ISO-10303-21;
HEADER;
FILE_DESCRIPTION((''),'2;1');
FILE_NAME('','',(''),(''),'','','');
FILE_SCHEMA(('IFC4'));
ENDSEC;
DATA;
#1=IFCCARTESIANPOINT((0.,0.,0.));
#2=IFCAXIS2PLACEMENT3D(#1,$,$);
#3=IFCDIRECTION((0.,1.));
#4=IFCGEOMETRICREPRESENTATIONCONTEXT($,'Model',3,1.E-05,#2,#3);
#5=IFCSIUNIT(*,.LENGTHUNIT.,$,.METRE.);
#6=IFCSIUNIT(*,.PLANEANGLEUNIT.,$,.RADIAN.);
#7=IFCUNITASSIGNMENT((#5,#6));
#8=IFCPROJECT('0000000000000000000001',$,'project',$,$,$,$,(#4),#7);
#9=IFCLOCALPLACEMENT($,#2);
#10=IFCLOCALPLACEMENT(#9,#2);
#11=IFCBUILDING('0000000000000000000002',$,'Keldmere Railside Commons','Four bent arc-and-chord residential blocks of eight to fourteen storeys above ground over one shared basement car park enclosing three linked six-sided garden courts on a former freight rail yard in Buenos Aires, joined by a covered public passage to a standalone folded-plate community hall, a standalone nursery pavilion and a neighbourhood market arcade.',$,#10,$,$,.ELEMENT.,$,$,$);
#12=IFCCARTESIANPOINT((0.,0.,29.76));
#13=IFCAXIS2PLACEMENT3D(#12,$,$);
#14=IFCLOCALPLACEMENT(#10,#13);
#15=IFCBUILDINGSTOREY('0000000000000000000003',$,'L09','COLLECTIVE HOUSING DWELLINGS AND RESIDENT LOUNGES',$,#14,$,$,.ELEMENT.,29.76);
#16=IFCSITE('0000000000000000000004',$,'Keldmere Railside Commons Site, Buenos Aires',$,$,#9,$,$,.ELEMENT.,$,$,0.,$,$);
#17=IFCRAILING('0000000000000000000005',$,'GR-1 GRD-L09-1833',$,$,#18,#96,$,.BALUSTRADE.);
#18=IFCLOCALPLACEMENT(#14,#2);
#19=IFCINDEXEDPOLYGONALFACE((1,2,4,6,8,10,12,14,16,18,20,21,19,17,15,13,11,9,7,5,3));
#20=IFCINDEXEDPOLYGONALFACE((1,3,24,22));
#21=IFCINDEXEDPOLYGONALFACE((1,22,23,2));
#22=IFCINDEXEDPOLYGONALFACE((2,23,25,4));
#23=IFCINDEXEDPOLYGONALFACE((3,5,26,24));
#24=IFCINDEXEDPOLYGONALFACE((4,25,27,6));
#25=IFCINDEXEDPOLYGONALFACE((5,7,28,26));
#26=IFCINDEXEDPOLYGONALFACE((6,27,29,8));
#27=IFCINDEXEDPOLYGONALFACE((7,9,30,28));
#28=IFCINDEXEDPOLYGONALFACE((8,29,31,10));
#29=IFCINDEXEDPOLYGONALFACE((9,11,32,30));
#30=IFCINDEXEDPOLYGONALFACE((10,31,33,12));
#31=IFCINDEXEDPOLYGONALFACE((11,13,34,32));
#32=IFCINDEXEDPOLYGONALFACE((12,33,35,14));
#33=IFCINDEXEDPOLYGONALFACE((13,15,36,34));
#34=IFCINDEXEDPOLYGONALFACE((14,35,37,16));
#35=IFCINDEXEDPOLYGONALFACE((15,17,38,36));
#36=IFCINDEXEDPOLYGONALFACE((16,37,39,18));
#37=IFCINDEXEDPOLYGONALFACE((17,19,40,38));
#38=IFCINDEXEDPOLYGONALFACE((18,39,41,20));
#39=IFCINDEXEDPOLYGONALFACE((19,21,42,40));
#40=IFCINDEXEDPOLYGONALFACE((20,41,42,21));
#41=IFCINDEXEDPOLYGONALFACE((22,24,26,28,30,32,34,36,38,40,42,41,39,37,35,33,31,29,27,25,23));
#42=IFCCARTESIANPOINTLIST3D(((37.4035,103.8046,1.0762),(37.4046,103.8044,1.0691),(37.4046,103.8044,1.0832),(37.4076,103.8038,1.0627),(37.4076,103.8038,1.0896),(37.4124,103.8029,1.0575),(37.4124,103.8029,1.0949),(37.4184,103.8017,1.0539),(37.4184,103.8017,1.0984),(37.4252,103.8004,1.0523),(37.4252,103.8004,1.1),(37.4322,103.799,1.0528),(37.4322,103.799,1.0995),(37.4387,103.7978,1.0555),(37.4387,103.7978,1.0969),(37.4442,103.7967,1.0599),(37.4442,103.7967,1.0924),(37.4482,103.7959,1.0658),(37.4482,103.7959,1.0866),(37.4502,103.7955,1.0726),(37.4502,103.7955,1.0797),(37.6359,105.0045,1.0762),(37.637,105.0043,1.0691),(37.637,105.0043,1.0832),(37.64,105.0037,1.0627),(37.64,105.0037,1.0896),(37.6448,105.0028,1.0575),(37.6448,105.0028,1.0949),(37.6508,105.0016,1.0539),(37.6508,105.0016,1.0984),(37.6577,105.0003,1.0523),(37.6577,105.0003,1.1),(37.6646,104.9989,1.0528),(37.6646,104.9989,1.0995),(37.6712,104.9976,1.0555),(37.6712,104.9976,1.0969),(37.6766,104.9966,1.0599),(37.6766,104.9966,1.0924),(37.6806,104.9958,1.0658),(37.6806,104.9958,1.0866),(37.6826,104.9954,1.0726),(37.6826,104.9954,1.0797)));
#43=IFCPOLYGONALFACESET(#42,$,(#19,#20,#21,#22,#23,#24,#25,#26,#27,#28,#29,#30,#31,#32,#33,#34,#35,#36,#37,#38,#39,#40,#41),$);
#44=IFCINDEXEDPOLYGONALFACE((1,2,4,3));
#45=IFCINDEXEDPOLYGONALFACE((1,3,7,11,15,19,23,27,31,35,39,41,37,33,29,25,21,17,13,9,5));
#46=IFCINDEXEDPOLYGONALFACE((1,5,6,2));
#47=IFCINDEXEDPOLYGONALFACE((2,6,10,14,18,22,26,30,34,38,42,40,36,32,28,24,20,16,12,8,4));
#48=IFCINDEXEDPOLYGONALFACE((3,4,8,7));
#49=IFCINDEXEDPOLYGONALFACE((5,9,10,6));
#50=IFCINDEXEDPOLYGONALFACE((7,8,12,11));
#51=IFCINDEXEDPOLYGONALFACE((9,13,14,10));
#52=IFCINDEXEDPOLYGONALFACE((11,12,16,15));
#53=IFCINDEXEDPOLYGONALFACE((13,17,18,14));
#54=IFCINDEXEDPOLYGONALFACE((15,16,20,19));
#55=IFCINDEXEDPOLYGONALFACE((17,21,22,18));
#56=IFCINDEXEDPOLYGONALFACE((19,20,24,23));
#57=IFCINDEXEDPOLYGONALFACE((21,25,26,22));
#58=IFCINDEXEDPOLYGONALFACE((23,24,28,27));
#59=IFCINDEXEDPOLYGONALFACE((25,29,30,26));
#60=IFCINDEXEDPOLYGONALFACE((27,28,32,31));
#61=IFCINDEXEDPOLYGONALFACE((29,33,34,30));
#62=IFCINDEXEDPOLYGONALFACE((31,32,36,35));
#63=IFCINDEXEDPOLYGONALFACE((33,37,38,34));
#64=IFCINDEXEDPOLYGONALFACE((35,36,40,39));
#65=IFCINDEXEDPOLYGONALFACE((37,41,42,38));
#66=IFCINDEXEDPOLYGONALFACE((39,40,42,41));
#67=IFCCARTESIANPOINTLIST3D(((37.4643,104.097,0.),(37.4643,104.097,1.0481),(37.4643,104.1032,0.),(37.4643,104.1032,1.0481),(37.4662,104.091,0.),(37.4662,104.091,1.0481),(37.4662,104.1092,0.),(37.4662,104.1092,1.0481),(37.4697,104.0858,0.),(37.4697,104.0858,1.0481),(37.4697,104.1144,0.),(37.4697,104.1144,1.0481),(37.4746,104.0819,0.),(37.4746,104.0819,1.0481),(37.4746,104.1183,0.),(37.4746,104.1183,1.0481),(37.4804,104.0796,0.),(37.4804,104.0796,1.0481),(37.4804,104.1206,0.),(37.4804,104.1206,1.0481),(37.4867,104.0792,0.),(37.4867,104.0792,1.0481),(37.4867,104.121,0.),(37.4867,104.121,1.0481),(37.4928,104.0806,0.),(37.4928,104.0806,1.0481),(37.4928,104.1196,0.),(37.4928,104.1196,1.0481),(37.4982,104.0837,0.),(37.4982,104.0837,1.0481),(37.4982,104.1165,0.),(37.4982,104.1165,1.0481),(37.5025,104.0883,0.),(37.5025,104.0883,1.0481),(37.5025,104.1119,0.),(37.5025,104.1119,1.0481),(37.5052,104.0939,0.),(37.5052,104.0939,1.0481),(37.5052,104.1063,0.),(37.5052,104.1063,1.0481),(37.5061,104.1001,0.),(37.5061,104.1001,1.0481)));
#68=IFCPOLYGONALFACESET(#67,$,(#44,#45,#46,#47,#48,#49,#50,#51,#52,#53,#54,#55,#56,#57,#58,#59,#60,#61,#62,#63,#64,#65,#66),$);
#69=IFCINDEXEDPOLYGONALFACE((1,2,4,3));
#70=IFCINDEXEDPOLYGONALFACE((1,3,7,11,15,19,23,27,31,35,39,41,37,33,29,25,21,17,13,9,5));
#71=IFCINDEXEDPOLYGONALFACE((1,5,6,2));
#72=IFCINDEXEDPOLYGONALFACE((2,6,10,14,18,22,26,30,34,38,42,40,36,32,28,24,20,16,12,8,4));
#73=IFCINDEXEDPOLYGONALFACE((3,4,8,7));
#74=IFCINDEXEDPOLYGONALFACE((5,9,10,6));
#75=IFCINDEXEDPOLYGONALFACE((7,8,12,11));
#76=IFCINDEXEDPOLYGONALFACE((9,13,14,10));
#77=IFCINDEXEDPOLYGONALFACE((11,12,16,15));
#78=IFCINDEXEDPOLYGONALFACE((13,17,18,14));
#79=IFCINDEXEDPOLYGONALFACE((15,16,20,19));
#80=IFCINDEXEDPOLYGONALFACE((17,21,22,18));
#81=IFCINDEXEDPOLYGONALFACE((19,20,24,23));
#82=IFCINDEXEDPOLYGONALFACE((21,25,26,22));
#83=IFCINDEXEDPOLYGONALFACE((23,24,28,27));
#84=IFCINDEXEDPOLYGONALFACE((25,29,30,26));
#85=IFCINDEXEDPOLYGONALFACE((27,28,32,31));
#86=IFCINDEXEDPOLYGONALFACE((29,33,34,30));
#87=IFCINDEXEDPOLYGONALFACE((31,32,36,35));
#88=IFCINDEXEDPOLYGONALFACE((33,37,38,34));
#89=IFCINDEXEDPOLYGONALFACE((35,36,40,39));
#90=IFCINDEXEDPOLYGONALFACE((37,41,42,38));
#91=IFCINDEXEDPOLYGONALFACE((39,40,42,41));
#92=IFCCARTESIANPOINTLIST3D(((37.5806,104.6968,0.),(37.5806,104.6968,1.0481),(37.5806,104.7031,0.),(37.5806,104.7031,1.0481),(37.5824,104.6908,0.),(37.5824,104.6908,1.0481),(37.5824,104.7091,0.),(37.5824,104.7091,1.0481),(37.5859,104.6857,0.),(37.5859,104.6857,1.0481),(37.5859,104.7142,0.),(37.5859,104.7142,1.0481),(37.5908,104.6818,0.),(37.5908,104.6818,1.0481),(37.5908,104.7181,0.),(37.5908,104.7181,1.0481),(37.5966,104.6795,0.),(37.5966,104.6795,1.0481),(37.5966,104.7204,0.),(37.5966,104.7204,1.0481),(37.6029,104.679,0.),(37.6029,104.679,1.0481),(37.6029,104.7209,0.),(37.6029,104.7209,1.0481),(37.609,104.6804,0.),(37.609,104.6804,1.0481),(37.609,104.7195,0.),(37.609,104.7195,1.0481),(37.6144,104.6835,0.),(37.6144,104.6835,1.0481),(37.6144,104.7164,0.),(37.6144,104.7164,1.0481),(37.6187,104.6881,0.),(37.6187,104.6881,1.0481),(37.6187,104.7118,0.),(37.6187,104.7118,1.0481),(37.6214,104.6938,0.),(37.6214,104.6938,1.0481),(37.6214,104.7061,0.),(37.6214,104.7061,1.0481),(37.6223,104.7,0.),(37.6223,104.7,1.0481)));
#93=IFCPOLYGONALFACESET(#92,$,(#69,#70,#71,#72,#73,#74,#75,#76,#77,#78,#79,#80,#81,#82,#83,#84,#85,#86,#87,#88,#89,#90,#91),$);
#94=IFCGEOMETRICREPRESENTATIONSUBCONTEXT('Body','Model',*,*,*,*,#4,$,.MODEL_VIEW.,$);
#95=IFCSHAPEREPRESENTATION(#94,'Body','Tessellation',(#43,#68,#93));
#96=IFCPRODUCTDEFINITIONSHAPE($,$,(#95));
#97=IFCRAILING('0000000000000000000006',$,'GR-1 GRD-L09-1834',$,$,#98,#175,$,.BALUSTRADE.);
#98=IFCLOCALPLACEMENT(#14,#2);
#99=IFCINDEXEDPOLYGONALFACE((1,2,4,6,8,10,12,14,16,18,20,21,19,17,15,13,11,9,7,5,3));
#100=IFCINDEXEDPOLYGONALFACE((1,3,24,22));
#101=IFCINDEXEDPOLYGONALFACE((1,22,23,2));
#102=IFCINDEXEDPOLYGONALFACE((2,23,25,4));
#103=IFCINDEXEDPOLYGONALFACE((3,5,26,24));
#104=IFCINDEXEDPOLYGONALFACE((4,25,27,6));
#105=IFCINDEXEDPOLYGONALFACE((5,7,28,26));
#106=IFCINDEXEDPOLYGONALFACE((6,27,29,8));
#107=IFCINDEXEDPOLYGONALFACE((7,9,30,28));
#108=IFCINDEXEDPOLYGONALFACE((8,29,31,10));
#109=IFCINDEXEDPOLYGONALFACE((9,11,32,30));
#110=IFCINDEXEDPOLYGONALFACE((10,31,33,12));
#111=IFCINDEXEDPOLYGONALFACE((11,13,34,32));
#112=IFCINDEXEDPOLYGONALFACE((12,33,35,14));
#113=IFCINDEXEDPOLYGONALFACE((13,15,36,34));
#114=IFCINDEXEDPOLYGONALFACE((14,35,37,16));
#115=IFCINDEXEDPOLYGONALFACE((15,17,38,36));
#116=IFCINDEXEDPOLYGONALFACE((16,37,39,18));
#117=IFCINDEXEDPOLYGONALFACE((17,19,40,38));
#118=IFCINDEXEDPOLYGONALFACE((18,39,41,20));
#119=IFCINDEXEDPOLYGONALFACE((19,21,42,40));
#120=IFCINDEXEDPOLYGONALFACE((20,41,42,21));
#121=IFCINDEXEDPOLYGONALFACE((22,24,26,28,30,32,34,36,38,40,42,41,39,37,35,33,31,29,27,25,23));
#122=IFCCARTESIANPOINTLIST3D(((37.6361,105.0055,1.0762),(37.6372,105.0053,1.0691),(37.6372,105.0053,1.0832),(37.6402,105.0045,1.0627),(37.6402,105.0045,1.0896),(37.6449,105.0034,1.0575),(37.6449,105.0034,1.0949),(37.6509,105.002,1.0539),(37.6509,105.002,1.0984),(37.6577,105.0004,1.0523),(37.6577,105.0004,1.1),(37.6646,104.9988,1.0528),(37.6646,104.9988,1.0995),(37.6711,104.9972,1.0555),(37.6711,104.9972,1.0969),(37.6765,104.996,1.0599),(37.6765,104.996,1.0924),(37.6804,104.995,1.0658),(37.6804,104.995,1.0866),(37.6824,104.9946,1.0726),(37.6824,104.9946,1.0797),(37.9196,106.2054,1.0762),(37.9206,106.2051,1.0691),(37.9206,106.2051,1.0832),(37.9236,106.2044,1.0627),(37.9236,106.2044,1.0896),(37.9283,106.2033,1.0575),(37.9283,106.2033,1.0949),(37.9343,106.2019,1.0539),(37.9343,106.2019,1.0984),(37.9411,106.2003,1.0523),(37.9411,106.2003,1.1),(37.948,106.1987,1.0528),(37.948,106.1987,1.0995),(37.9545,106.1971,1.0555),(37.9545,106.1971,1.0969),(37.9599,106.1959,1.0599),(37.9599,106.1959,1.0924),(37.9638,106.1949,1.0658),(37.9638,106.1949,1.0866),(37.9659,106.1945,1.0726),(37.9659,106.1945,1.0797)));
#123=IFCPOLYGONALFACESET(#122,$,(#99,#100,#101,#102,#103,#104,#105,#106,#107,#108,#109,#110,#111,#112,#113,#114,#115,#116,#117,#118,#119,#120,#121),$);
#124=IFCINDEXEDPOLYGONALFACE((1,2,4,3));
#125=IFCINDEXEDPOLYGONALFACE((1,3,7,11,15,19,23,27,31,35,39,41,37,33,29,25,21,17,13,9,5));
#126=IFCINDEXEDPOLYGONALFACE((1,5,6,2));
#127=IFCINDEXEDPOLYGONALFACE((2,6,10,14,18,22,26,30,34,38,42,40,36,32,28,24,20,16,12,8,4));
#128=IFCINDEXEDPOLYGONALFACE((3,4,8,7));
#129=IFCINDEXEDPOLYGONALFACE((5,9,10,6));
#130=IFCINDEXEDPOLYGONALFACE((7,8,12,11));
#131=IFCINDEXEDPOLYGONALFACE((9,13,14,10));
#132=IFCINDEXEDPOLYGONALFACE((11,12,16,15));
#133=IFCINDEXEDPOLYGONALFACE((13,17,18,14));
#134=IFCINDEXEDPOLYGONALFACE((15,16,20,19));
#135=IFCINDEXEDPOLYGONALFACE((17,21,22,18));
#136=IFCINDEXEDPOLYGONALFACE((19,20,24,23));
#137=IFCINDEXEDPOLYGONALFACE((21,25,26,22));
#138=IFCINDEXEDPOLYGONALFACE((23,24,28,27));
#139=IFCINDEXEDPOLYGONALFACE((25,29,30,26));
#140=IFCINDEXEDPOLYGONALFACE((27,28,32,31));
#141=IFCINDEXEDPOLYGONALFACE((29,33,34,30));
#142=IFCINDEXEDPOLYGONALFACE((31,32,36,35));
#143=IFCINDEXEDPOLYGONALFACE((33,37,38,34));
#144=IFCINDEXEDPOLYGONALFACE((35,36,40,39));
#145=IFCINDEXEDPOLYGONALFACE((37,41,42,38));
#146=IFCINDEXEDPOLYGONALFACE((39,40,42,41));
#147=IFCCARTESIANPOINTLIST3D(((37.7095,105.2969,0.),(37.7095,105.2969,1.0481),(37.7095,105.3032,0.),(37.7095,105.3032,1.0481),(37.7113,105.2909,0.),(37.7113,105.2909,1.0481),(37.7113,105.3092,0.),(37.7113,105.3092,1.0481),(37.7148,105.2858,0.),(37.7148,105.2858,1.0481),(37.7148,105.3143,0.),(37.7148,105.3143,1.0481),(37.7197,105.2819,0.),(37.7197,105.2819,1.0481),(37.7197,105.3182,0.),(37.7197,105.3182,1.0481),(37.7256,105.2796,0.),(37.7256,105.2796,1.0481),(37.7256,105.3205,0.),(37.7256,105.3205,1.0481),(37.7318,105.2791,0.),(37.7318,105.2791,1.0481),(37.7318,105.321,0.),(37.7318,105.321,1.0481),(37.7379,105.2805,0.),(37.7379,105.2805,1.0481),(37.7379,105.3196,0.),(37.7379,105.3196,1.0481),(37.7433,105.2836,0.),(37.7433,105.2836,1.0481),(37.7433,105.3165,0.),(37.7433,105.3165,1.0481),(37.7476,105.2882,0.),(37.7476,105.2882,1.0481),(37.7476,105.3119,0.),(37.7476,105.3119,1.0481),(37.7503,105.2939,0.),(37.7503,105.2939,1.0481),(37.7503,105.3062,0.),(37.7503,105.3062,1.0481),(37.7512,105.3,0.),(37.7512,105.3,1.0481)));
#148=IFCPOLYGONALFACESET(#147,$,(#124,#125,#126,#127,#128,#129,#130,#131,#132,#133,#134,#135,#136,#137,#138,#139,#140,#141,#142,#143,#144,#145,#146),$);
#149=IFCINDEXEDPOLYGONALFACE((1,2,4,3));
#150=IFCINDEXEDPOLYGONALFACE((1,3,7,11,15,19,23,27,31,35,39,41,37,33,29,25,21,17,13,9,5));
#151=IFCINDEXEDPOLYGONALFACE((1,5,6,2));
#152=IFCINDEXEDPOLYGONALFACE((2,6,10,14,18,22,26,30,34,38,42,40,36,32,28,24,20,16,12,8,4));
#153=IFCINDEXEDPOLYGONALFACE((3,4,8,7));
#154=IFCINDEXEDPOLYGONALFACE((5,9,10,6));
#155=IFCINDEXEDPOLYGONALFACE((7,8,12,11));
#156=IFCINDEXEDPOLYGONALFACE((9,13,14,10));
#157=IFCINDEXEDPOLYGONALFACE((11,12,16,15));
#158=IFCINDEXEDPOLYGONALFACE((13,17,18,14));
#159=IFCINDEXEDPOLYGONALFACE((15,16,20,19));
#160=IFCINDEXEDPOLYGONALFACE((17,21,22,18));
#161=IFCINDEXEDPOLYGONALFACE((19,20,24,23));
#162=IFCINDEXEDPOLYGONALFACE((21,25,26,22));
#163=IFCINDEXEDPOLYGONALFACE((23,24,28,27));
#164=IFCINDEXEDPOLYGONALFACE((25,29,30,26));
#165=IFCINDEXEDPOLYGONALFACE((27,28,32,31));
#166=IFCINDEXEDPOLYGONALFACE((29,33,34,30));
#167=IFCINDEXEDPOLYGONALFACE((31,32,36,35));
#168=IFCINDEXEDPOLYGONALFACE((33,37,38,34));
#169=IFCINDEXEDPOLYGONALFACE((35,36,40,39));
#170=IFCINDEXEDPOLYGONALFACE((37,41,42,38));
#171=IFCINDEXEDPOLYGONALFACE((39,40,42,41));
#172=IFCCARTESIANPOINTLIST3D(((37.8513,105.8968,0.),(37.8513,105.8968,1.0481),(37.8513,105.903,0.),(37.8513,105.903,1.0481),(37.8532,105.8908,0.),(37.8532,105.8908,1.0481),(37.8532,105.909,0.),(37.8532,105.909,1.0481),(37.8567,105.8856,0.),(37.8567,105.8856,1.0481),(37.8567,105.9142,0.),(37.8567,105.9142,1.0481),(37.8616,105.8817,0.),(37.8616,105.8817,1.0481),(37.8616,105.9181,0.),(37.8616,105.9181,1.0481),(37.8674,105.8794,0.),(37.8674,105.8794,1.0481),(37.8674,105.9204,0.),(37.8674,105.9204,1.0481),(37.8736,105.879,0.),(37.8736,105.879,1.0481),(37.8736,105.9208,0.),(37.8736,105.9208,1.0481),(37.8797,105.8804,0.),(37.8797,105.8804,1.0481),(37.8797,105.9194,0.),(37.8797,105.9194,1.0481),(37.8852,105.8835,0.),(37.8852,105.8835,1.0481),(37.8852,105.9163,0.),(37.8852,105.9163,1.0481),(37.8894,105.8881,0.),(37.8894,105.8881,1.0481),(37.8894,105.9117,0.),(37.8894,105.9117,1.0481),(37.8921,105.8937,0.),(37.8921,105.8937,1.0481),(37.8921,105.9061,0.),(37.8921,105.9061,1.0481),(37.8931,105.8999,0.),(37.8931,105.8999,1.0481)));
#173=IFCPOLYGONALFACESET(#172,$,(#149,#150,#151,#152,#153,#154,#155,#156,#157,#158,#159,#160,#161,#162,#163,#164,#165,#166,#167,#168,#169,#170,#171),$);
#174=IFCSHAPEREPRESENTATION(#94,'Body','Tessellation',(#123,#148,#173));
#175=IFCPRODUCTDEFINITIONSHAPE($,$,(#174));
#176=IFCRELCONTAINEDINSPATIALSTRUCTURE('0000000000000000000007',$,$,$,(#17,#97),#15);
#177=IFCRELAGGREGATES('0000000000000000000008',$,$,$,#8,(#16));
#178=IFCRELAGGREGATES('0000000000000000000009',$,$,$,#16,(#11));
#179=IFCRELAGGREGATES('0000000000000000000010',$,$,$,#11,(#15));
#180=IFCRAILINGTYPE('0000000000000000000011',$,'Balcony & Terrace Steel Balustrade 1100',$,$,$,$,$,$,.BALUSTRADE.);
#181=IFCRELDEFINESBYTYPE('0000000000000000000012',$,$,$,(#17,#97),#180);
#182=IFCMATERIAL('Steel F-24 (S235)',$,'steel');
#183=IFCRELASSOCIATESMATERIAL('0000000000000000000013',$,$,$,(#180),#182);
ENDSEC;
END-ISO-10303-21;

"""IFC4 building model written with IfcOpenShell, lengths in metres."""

from ifc_helpers import new_model, si_unit, direction, frame, origin, origin_2d, place, context, subcontext, project, spatial, circle, extrude, material, type_object, element, save


model = new_model("IFC4")

# Units and contexts
model_context = context("Model", 3, precision=1e-05, world=origin(), true_north=direction((0.0, 1.0)))
body_context = subcontext(model_context, "Body", "Model", "MODEL_VIEW")
ifc_project = project(units=[si_unit("LENGTHUNIT", "METRE"), si_unit("PLANEANGLEUNIT", "RADIAN")], contexts=[model_context])

# Site, building, storey
site_placement = place(None, origin())
site = spatial("IfcSite", under=ifc_project, at=site_placement, Name="Keldmere Railside Commons Site, Buenos Aires", CompositionType="ELEMENT", RefElevation=0.0)
building_placement = place(site_placement, origin())
building = spatial("IfcBuilding", under=site, at=building_placement, Name="Keldmere Railside Commons", Description="Four bent arc-and-chord residential blocks of eight to fourteen storeys above ground over one shared basement car park enclosing three linked six-sided garden courts on a former freight rail yard in Buenos Aires, joined by a covered public passage to a standalone folded-plate community hall, a standalone nursery pavilion and a neighbourhood market arcade.", CompositionType="ELEMENT")
storey_placement = place(building_placement, frame((0.0, 0.0, 29.76)))
storey = spatial("IfcBuildingStorey", under=building, at=storey_placement, Name="L09", Description="COLLECTIVE HOUSING DWELLINGS AND RESIDENT LOUNGES", CompositionType="ELEMENT", Elevation=29.76)

# Railings
ifc_material_1 = material(Name="Steel F-24 (S235)", Category="steel")
railing_type = type_object("IfcRailingType", Name="Balcony & Terrace Steel Balustrade 1100", PredefinedType="BALUSTRADE", material=ifc_material_1)
railing_1_placement = place(storey_placement, frame((37.427, 103.8, 0.0)))
element("IfcRailing", 1, at=railing_1_placement, inside=storey, type_object=railing_type, Name="GR-1 GRD-L09-1833", PredefinedType="BALUSTRADE", context=body_context, shape_type="SweptSolid", body=[
    extrude(circle(Radius=0.0239, at=origin_2d()), frame((0.0, 0.0, 1.0762), z_axis=(0.190159, 0.981753, 0.0), x_axis=(-0.981753, 0.190159, 0.0)), (0.0, 0.0, 1.0), 1.2222),
    extrude(circle(Radius=0.021, at=origin_2d()), frame((0.0581, 0.3, 0.0)), (0.0, 0.0, 1.0), 1.0481),
    extrude(circle(Radius=0.021, at=origin_2d()), frame((0.1743, 0.8999, 0.0)), (0.0, 0.0, 1.0), 1.0481),
])
railing_2_placement = place(storey_placement, frame((37.6594, 105.0, 0.0)))
element("IfcRailing", 2, at=railing_2_placement, inside=storey, type_object=railing_type, Name="GR-1 GRD-L09-1834", PredefinedType="BALUSTRADE", context=body_context, shape_type="SweptSolid", body=[
    extrude(circle(Radius=0.0239, at=origin_2d()), frame((0.0, 0.0, 1.0762), z_axis=(0.229889, 0.973217, 0.0), x_axis=(-0.973217, 0.229889, 0.0)), (0.0, 0.0, 1.0), 1.2329),
    extrude(circle(Radius=0.021, at=origin_2d()), frame((0.0708, 0.3, 0.0)), (0.0, 0.0, 1.0), 1.0481),
    extrude(circle(Radius=0.021, at=origin_2d()), frame((0.2126, 0.8999, 0.0)), (0.0, 0.0, 1.0), 1.0481),
])

save(model, "model.ifc")
